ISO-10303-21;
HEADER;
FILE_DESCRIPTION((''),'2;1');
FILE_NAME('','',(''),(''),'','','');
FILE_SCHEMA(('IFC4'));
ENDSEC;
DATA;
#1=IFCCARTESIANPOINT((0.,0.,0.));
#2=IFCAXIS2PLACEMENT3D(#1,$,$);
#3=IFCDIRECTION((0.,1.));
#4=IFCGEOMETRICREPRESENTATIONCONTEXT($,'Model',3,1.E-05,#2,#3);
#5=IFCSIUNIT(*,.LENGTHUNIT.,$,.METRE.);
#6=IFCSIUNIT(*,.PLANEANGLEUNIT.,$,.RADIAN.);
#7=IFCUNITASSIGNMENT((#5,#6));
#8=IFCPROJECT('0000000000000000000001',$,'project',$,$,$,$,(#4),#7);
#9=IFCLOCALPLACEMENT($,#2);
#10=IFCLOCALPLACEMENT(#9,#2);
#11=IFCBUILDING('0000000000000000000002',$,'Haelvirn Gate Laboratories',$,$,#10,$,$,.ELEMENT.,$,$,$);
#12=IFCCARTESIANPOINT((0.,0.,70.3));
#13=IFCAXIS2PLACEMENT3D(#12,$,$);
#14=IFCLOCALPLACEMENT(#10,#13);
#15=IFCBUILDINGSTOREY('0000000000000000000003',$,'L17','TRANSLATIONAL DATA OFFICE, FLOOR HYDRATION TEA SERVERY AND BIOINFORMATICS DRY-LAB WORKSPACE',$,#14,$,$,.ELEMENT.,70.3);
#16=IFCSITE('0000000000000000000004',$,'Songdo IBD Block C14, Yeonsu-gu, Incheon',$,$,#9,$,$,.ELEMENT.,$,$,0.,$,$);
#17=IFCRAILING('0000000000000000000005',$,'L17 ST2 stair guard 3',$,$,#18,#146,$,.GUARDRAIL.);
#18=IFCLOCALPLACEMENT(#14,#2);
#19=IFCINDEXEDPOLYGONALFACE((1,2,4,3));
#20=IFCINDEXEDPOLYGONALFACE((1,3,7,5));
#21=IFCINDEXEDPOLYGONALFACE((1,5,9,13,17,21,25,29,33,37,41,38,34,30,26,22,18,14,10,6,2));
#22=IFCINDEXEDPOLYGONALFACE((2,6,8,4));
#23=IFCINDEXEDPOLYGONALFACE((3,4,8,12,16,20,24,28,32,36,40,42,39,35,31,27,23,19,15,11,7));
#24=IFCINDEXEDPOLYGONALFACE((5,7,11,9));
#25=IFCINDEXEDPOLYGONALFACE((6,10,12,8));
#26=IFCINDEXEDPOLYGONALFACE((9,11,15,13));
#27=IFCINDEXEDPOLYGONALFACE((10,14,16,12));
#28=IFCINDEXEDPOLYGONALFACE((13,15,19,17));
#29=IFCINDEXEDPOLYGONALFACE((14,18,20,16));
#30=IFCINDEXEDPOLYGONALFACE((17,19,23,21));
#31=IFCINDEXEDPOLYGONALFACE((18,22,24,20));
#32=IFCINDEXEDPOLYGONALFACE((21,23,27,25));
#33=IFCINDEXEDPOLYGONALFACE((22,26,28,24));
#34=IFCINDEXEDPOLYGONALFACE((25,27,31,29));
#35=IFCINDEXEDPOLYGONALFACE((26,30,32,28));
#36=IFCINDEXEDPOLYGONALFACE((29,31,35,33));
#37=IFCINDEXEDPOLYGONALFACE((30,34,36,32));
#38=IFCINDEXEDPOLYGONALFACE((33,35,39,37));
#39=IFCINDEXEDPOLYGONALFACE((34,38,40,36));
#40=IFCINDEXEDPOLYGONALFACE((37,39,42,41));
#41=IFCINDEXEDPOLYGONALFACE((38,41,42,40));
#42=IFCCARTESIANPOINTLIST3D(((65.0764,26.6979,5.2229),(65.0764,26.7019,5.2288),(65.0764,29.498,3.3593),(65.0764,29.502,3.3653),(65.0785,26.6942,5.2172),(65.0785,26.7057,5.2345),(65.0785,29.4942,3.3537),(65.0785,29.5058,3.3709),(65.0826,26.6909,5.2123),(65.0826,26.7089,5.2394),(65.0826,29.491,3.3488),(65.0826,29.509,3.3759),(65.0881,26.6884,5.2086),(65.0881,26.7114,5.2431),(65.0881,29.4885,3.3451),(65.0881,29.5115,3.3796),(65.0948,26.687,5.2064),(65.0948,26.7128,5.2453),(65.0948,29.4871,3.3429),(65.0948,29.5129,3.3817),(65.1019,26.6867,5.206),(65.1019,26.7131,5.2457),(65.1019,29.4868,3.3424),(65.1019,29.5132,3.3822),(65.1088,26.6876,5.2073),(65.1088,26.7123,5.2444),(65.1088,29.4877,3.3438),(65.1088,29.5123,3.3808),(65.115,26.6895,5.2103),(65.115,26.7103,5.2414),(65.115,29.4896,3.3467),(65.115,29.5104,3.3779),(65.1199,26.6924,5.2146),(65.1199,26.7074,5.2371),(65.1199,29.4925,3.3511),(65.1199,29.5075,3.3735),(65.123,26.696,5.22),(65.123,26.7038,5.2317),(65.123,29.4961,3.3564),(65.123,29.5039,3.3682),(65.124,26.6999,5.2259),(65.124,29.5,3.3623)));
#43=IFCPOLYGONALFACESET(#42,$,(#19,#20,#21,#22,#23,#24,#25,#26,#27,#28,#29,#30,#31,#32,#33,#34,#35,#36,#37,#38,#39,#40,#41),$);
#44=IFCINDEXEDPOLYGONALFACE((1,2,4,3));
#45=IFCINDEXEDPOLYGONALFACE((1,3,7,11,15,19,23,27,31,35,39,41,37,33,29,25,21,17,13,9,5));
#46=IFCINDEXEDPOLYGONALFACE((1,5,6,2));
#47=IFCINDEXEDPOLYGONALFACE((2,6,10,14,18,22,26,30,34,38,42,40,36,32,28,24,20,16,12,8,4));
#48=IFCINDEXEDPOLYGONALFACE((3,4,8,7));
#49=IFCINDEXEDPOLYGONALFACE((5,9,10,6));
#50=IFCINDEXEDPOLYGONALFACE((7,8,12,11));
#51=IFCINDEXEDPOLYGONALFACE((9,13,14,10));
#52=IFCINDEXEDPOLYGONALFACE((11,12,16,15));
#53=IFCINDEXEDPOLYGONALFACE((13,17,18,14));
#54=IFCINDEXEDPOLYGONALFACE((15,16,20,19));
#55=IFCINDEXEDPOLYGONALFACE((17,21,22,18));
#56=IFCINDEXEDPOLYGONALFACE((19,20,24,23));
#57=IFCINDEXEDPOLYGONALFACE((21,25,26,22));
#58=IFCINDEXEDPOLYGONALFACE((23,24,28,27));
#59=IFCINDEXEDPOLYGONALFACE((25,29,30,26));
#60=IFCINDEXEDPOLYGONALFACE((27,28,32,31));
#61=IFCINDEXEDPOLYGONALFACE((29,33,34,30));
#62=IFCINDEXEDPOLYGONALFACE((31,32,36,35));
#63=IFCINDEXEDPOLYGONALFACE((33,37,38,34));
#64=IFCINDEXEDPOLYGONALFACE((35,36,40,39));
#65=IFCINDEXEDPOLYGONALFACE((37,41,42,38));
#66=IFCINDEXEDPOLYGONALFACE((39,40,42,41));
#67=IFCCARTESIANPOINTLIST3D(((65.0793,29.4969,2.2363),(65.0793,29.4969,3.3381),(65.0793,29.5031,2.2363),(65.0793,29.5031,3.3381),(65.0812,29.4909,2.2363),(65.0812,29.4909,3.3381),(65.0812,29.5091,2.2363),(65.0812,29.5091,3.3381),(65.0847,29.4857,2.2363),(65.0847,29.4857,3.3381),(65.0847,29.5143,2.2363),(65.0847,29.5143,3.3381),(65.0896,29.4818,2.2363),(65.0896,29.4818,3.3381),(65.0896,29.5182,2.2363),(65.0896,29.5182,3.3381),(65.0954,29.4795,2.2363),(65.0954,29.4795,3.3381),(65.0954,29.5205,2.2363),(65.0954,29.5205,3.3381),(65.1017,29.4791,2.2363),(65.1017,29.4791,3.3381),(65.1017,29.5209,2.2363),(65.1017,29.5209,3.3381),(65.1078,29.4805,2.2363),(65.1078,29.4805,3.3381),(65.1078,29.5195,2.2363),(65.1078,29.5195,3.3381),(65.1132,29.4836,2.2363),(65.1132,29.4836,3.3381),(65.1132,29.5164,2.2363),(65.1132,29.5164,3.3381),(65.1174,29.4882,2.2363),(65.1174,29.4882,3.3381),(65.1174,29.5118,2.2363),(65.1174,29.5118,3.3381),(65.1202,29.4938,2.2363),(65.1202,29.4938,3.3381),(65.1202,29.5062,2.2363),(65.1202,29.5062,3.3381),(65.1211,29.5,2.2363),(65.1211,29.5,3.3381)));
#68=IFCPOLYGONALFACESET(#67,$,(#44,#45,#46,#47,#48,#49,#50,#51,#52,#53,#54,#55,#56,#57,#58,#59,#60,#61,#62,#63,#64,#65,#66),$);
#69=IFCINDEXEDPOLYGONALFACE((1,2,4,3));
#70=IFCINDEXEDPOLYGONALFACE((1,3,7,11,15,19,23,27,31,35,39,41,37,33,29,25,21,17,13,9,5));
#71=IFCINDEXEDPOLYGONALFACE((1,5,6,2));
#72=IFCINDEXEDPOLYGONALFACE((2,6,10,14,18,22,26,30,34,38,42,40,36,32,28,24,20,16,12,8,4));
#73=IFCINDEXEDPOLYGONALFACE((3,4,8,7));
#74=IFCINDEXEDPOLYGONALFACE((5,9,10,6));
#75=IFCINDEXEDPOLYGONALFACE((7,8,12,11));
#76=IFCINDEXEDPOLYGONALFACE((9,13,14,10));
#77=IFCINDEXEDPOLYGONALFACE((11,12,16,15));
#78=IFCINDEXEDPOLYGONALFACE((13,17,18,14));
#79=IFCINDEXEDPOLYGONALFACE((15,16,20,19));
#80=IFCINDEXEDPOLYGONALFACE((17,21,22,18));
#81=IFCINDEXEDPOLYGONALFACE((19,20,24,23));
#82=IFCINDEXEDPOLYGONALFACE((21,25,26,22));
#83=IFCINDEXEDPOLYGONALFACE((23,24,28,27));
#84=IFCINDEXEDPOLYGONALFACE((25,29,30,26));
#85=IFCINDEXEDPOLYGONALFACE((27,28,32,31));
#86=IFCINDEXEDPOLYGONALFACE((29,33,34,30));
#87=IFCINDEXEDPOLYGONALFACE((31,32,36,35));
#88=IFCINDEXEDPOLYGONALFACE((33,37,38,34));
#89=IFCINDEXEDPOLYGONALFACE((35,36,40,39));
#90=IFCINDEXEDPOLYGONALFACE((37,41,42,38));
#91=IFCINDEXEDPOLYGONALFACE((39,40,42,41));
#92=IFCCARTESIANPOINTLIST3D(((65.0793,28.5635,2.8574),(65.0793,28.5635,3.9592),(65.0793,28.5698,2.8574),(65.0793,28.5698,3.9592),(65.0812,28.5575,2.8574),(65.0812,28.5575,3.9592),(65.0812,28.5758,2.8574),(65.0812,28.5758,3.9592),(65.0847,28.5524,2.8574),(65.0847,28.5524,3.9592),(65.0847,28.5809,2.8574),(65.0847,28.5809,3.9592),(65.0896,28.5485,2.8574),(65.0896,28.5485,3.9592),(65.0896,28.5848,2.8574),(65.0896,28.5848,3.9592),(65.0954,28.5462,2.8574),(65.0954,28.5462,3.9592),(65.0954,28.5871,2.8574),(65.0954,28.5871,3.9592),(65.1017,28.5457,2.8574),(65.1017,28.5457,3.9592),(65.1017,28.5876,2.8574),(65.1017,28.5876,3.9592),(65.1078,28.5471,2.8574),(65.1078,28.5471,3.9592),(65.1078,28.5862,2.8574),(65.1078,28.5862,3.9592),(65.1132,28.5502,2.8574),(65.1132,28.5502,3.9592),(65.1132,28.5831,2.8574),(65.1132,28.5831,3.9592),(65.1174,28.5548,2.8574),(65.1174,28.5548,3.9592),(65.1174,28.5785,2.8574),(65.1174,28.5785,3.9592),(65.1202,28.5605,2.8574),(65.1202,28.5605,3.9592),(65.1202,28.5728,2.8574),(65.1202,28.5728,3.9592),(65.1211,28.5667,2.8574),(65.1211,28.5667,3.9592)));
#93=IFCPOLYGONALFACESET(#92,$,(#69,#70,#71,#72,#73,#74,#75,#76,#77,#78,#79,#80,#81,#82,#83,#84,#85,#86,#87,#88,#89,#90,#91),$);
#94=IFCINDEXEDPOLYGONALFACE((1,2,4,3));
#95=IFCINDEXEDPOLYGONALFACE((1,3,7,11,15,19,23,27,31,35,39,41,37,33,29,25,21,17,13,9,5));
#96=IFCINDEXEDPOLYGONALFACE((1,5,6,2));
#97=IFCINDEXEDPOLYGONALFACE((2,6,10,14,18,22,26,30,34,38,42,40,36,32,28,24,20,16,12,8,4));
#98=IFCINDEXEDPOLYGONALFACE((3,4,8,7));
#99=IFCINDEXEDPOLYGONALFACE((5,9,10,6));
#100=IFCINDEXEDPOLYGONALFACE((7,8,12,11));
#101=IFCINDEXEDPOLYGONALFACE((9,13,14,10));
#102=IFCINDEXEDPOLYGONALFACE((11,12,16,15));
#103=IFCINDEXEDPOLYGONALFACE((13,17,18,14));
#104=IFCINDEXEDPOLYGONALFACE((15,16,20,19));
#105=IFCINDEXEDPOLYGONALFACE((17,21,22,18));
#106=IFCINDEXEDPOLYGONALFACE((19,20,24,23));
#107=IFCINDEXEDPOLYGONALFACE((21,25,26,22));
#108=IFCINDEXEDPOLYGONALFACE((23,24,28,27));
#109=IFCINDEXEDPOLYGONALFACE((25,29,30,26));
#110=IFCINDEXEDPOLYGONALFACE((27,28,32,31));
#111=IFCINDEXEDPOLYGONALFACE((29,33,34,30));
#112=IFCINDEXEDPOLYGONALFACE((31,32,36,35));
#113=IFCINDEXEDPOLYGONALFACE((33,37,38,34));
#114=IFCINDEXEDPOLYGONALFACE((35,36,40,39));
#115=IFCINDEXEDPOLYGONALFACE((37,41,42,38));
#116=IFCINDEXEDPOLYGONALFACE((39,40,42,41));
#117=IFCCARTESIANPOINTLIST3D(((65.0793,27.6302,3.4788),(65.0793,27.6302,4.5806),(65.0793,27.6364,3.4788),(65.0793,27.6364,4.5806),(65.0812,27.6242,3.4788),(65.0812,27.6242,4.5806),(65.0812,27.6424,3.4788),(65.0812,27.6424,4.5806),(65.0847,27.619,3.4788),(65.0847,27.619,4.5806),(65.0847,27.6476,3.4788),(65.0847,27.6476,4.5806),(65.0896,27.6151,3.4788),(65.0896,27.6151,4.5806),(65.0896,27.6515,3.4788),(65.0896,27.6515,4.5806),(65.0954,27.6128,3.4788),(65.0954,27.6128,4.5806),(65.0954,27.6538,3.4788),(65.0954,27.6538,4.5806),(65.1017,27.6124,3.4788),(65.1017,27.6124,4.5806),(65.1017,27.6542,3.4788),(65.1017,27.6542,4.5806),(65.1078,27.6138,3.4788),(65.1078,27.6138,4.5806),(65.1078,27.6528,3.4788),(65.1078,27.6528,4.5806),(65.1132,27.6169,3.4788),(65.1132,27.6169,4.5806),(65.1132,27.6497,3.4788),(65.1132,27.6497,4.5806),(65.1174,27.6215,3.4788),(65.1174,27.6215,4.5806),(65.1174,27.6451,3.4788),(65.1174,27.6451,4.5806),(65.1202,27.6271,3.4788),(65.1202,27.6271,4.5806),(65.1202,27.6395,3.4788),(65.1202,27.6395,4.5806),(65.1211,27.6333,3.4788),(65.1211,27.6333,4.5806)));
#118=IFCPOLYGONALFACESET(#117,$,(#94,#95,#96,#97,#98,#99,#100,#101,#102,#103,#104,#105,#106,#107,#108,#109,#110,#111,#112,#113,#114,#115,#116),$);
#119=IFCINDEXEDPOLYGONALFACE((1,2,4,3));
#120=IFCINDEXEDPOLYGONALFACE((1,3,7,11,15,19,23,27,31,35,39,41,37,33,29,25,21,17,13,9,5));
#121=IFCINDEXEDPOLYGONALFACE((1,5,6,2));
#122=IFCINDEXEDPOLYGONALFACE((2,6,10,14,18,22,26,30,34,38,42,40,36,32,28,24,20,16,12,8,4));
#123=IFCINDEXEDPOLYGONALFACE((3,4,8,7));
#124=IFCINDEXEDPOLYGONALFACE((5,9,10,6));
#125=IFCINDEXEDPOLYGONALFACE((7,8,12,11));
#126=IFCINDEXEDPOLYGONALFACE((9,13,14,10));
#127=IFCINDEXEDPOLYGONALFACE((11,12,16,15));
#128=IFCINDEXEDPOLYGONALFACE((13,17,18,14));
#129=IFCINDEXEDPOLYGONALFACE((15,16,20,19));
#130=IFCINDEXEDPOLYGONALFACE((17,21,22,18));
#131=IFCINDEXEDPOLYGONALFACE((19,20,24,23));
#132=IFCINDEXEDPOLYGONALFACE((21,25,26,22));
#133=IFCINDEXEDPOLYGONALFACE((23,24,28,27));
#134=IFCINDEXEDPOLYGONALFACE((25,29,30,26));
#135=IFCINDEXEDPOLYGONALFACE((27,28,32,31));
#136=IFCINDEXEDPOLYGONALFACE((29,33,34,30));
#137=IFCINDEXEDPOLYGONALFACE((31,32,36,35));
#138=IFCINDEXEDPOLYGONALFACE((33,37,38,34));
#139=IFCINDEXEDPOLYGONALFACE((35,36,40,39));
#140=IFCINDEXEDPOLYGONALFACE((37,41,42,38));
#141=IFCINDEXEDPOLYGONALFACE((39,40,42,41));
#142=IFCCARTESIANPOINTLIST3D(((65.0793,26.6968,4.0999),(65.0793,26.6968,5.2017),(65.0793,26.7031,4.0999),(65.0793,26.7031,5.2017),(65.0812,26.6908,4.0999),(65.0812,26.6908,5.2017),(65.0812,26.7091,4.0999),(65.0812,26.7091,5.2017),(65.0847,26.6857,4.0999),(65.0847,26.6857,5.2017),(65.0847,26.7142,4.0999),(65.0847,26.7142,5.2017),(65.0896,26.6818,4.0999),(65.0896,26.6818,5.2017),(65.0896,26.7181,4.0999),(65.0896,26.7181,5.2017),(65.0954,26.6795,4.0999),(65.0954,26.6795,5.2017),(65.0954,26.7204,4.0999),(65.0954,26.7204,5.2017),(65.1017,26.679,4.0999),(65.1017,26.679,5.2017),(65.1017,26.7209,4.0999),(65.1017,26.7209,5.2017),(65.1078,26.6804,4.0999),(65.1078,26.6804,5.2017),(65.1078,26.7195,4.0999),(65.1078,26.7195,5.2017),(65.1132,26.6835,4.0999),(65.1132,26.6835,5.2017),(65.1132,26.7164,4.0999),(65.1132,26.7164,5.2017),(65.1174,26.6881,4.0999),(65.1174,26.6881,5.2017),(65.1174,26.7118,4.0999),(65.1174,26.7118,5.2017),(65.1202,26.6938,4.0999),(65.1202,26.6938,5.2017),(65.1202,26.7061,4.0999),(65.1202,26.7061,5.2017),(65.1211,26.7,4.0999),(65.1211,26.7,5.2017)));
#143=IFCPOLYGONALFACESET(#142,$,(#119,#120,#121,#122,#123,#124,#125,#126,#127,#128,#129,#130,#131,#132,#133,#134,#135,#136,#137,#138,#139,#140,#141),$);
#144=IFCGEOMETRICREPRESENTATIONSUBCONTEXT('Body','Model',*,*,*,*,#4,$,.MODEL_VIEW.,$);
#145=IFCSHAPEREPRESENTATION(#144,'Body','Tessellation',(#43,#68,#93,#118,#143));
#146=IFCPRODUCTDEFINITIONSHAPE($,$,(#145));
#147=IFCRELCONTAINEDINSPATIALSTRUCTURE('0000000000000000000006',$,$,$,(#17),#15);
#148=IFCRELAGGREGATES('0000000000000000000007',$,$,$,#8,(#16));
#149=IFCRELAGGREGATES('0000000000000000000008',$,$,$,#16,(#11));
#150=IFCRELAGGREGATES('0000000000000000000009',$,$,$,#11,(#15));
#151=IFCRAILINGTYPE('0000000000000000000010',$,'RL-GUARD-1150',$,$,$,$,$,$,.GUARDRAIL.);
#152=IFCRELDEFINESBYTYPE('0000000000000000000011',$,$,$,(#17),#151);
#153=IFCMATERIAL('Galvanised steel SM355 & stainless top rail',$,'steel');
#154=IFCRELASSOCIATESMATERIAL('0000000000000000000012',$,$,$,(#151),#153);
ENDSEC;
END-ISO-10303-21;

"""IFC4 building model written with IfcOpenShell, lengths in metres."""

from ifc_helpers import new_model, si_unit, direction, frame, origin, origin_2d, place, context, subcontext, project, spatial, circle, extrude, source, transform, mapped, material, type_object, element, save


model = new_model("IFC4")

# Units and contexts
model_context = context("Model", 3, precision=1e-05, world=origin(), true_north=direction((0.0, 1.0)))
body_context = subcontext(model_context, "Body", "Model", "MODEL_VIEW")
ifc_project = project(units=[si_unit("LENGTHUNIT", "METRE"), si_unit("PLANEANGLEUNIT", "RADIAN")], contexts=[model_context])

# Site, building, storey
site_placement = place(None, origin())
site = spatial("IfcSite", under=ifc_project, at=site_placement, Name="Songdo IBD Block C14, Yeonsu-gu, Incheon", CompositionType="ELEMENT", RefElevation=0.0)
building_placement = place(site_placement, origin())
building = spatial("IfcBuilding", under=site, at=building_placement, Name="Haelvirn Gate Laboratories", CompositionType="ELEMENT")
storey_placement = place(building_placement, frame((0.0, 0.0, 70.3)))
storey = spatial("IfcBuildingStorey", under=building, at=storey_placement, Name="L17", Description="TRANSLATIONAL DATA OFFICE, FLOOR HYDRATION TEA SERVERY AND BIOINFORMATICS DRY-LAB WORKSPACE", CompositionType="ELEMENT", Elevation=70.3)

# Railing
ifc_material_1 = material(Name="Galvanised steel SM355 & stainless top rail", Category="steel")
railing_type_1 = type_object("IfcRailingType", Name="RL-GUARD-1150", PredefinedType="GUARDRAIL", material=ifc_material_1)
shared_shape_1 = source(origin(), body_context, "Body", "SweptSolid", [
    extrude(circle(Radius=0.0239, at=origin_2d()), frame((0.0, 0.0, 1.126), z_axis=(0.0, -0.832486, 0.554047), x_axis=(1.0, 0.0, 0.0)), (0.0, 0.0, 1.0), 3.3635),
    extrude(circle(Radius=0.021, at=origin_2d()), origin(), (0.0, 0.0, 1.0), 1.1018),
    extrude(circle(Radius=0.021, at=origin_2d()), frame((0.0, -0.9333, 0.6211)), (0.0, 0.0, 1.0), 1.1018),
    extrude(circle(Radius=0.021, at=origin_2d()), frame((0.0, -1.8667, 1.2424)), (0.0, 0.0, 1.0), 1.1018),
    extrude(circle(Radius=0.021, at=origin_2d()), frame((0.0, -2.8, 1.8635)), (0.0, 0.0, 1.0), 1.1018),
])
railing_1_placement = place(storey_placement, frame((65.1001, 29.5, 2.2363)))
element("IfcRailing", 1, at=railing_1_placement, inside=storey, type_object=railing_type_1, Name="L17 ST2 stair guard 3", PredefinedType="GUARDRAIL", context=body_context, shape_type="MappedRepresentation", body=[
    mapped(shared_shape_1, transform((0.0, 0.0, 0.0), scale=1.0)),
])

save(model, "model.ifc")
